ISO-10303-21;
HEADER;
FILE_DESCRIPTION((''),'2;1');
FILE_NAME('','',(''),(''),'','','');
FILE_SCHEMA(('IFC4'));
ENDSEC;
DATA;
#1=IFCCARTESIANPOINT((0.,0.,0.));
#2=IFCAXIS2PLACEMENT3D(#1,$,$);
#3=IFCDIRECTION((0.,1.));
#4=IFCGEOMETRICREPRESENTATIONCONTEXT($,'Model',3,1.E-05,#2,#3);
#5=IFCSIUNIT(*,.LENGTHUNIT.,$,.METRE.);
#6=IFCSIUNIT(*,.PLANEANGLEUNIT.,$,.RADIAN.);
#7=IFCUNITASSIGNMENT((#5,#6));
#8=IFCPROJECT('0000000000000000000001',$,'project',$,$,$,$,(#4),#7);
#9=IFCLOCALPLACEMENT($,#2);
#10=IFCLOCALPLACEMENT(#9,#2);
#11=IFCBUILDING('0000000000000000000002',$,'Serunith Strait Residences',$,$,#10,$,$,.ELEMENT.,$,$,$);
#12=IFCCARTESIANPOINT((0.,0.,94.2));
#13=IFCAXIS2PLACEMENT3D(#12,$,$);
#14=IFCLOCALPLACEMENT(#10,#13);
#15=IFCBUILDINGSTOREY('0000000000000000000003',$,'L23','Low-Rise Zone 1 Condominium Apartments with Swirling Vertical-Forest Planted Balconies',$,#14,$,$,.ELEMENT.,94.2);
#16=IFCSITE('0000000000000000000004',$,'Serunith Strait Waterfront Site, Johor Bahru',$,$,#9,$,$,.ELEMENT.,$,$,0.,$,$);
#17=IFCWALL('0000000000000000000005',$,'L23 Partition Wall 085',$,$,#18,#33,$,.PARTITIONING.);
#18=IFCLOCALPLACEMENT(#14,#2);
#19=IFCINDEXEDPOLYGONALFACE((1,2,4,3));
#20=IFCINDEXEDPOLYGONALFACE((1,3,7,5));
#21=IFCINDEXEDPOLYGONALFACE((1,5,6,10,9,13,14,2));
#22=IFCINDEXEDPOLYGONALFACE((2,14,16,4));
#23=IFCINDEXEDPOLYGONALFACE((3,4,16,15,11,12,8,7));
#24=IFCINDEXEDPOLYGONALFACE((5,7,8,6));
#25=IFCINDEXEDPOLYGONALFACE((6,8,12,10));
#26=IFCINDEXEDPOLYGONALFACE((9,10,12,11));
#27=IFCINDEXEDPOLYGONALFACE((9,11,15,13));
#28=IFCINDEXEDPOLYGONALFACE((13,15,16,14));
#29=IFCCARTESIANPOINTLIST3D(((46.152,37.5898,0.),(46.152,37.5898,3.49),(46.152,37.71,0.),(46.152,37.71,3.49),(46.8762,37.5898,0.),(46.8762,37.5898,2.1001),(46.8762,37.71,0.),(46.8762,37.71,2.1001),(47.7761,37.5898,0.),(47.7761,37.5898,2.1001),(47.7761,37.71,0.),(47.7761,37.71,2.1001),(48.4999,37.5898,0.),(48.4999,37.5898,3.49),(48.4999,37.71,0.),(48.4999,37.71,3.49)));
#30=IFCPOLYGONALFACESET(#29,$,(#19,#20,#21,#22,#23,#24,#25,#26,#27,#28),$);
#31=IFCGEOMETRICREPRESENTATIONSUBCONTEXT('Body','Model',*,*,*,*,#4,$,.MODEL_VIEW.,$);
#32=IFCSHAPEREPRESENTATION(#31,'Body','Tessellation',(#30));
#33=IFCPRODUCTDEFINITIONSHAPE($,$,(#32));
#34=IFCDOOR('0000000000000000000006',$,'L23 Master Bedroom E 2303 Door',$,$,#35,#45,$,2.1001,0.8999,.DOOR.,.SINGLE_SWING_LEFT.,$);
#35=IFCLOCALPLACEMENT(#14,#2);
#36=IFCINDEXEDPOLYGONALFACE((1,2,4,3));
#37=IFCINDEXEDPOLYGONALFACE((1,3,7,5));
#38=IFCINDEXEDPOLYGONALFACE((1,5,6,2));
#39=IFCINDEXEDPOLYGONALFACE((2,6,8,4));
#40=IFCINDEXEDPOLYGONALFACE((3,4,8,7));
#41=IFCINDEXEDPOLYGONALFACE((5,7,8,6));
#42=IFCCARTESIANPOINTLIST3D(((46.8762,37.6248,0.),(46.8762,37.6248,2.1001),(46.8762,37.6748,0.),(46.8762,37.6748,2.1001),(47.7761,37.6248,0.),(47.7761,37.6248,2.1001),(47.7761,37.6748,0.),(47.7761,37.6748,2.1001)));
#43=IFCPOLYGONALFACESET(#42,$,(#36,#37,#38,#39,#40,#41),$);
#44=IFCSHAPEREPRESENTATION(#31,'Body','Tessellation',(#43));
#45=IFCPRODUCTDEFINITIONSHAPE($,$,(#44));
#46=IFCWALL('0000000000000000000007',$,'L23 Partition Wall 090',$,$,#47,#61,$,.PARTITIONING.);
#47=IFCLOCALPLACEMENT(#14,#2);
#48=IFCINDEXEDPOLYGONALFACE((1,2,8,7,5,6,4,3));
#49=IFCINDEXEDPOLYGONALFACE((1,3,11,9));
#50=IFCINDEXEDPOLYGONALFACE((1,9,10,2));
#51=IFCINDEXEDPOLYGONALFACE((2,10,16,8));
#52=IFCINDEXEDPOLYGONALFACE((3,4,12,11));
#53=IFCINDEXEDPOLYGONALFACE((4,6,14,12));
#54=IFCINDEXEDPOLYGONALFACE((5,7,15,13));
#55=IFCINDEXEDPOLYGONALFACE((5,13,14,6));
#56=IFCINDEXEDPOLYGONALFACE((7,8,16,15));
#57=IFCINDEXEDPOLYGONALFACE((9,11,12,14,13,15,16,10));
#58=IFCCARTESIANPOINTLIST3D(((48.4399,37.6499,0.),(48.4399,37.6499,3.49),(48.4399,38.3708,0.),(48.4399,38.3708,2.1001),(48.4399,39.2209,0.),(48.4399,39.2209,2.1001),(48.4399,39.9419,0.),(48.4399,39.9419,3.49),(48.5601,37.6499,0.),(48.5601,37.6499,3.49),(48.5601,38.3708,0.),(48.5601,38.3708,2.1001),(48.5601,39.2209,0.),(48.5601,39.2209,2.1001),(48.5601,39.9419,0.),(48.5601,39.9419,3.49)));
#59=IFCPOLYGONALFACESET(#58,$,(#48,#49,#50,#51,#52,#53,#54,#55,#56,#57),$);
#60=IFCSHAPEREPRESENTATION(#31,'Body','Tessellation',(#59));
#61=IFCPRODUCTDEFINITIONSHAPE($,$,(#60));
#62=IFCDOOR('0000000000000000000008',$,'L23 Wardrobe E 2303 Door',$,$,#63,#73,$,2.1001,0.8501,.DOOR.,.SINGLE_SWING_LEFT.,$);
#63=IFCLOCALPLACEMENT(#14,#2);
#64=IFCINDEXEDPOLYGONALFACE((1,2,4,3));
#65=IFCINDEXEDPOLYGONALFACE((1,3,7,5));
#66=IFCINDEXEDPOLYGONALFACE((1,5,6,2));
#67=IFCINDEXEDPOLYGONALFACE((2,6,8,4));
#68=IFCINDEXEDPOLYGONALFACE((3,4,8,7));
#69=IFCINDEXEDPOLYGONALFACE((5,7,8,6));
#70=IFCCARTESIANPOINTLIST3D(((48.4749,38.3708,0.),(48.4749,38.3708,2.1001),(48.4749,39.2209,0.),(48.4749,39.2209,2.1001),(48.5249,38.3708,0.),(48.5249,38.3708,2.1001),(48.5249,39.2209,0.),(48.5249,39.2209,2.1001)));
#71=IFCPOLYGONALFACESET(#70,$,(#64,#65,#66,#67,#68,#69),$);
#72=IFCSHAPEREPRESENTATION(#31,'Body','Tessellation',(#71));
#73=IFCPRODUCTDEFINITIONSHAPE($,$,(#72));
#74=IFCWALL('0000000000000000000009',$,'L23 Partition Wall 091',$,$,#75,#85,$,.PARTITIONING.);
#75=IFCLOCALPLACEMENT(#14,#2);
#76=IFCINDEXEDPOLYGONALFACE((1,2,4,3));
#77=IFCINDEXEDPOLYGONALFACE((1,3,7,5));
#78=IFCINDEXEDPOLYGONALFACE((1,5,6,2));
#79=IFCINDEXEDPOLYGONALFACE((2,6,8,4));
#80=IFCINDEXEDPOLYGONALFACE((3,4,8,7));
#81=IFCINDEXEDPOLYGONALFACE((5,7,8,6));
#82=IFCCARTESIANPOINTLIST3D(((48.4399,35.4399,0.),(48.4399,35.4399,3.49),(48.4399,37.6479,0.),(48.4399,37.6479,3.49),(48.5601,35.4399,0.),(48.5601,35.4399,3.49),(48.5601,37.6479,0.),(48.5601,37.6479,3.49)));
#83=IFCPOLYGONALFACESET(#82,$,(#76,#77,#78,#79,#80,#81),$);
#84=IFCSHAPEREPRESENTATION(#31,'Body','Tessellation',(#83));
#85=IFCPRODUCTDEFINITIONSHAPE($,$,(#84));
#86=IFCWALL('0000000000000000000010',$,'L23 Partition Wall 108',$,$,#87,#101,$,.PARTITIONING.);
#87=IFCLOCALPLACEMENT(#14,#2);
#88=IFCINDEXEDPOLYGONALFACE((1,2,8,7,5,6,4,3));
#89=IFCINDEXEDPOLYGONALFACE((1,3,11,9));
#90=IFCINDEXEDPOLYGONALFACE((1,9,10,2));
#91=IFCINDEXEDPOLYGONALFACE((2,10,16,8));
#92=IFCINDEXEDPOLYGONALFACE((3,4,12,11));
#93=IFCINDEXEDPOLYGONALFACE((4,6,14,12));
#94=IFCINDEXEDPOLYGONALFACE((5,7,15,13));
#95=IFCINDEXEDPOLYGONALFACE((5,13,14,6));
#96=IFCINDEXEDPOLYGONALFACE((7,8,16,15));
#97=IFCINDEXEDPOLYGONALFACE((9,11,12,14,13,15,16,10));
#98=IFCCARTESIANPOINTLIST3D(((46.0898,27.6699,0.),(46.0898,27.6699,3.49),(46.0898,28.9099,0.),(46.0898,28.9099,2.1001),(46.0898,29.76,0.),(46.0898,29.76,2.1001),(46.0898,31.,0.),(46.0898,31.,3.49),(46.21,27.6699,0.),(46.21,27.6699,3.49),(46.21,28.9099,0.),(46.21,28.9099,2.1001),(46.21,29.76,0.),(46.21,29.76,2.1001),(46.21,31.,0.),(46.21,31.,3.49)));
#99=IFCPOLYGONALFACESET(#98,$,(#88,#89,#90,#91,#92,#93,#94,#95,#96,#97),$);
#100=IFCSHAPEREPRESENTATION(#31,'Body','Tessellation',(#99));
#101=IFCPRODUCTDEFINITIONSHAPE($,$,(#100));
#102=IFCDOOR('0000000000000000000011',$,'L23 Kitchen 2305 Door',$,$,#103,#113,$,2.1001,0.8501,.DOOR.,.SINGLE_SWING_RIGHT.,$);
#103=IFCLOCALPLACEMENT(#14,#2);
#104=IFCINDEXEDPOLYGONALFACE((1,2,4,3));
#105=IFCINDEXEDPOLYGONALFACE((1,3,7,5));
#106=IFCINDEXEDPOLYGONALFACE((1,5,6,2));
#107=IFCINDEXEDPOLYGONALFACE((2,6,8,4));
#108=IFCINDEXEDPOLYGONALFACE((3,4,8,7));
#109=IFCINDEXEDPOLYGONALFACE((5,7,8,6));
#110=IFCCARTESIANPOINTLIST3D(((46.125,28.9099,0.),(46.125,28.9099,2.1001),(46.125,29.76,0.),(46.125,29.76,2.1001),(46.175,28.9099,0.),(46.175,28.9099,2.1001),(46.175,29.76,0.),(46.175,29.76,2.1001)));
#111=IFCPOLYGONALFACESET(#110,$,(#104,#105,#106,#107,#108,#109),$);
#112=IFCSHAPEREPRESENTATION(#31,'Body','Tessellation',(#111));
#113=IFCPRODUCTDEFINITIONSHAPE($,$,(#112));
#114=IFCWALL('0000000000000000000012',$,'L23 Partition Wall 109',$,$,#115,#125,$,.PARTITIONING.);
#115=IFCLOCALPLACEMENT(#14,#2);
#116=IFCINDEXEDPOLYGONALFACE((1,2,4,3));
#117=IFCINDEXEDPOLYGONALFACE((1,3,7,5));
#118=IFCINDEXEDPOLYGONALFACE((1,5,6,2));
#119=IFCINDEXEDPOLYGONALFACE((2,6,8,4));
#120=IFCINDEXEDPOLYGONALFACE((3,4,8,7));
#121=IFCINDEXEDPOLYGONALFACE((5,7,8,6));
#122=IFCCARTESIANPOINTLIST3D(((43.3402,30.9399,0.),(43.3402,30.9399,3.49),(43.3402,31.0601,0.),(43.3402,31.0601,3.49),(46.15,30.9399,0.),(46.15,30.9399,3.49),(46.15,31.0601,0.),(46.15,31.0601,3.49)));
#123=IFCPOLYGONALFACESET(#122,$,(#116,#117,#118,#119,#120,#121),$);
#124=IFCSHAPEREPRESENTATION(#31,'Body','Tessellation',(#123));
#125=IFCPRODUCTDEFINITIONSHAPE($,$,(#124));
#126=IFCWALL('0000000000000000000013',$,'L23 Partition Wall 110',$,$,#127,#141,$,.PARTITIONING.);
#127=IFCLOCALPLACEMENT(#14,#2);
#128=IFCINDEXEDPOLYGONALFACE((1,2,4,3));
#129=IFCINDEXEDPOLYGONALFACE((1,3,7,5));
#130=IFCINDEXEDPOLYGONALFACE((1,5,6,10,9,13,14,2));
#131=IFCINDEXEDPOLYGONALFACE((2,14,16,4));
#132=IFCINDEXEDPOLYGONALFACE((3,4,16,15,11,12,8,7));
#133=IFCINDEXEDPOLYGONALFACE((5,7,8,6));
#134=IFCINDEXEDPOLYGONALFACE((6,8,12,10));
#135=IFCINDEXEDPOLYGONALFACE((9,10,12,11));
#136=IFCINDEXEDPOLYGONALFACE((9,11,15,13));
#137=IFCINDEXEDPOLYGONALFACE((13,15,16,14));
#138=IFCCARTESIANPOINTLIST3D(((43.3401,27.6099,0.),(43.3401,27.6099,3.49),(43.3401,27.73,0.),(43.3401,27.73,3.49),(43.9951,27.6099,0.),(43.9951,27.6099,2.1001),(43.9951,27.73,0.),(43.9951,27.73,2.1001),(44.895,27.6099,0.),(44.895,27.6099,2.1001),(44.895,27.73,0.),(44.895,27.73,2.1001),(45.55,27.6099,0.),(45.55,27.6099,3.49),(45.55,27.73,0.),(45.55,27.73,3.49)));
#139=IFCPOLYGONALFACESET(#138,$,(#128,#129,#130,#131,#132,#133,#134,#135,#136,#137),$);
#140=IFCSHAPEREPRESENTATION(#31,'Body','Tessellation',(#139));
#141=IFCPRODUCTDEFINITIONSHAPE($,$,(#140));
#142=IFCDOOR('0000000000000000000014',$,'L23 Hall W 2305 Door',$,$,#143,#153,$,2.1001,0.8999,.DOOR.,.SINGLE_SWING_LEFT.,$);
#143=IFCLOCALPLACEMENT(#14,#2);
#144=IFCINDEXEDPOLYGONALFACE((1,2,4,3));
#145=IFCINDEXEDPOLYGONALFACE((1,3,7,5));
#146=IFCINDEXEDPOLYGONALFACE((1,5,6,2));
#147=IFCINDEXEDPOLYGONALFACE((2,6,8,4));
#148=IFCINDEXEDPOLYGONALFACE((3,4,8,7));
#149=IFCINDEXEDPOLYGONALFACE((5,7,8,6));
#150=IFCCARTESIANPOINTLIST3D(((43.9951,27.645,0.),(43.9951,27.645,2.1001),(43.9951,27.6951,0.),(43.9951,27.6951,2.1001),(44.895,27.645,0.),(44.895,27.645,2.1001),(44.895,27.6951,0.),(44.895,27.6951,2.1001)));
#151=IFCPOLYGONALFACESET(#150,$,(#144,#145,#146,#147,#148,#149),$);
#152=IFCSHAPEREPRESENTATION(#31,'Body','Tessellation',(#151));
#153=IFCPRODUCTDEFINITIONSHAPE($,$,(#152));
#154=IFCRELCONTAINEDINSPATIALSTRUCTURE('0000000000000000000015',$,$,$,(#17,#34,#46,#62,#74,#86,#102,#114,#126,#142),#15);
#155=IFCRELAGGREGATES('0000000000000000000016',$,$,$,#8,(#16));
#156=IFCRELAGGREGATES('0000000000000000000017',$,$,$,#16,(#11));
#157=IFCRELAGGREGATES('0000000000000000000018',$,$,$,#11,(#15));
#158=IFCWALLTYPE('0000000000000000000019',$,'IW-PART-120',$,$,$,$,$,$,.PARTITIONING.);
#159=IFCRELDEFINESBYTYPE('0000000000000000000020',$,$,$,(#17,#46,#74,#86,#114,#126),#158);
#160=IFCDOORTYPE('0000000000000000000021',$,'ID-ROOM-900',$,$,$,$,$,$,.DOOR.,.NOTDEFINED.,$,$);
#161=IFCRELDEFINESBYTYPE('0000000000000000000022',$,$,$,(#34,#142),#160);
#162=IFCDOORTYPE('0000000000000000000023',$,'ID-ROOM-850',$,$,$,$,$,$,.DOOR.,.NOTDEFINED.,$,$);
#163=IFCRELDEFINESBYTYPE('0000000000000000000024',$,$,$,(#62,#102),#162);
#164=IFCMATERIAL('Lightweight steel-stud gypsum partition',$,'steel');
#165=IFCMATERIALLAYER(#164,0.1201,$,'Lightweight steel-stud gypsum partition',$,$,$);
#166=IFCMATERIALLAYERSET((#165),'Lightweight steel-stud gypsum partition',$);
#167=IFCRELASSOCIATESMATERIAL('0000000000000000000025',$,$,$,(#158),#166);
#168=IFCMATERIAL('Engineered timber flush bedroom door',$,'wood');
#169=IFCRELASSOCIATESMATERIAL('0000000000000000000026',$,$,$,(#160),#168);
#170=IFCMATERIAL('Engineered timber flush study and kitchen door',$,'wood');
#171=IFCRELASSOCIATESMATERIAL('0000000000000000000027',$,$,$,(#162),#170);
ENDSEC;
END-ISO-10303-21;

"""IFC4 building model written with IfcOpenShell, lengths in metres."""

from ifc_helpers import new_model, si_unit, direction, frame, frame_2d, origin, place, context, subcontext, project, spatial, rectangle, extrude, source, transform, mapped, material, layer, layer_set, type_object, element, fill, save


model = new_model("IFC4")

# Units and contexts
model_context = context("Model", 3, precision=1e-05, world=origin(), true_north=direction((0.0, 1.0)))
body_context = subcontext(model_context, "Body", "Model", "MODEL_VIEW")
ifc_project = project(units=[si_unit("LENGTHUNIT", "METRE"), si_unit("PLANEANGLEUNIT", "RADIAN")], contexts=[model_context])

# Site, building, storey
site_placement = place(None, origin())
site = spatial("IfcSite", under=ifc_project, at=site_placement, Name="Serunith Strait Waterfront Site, Johor Bahru", CompositionType="ELEMENT", RefElevation=0.0)
building_placement = place(site_placement, origin())
building = spatial("IfcBuilding", under=site, at=building_placement, Name="Serunith Strait Residences", CompositionType="ELEMENT")
storey_placement = place(building_placement, frame((0.0, 0.0, 94.2)))
storey = spatial("IfcBuildingStorey", under=building, at=storey_placement, Name="L23", Description="Low-Rise Zone 1 Condominium Apartments with Swirling Vertical-Forest Planted Balconies", CompositionType="ELEMENT", Elevation=94.2)

# Walls, openings, doors
ifc_material_1 = material(Name="Lightweight steel-stud gypsum partition", Category="steel")
ifc_layer_1 = layer(ifc_material_1, 0.1201, Name="Lightweight steel-stud gypsum partition")
ifc_layer_set_1 = layer_set([ifc_layer_1], Name="Lightweight steel-stud gypsum partition")
wall_type = type_object("IfcWallType", Name="IW-PART-120", PredefinedType="PARTITIONING", material=ifc_layer_set_1)
wall_1_placement = place(storey_placement, frame((46.1521, 37.6499, 0.0), z_axis=(0.0, 0.0, 1.0), x_axis=(1.0, 0.0, 0.0)))
wall_1 = element("IfcWall", 1, at=wall_1_placement, inside=storey, type_object=wall_type, Name="L23 Partition Wall 085", PredefinedType="PARTITIONING", context=body_context, shape_type="SweptSolid", body=[
    extrude(rectangle(XDim=2.3479, YDim=0.1201, at=frame_2d((1.1738, 0.0))), origin(), (0.0, 0.0, 1.0), 3.49),
])
opening_1_placement = place(wall_1_placement, frame((0.7241, 0.0, 0.0)))
opening_1 = element("IfcOpeningElement", 2, at=opening_1_placement, cuts=wall_1, PredefinedType="OPENING", context=body_context, shape_type="SweptSolid", body=[
    extrude(rectangle(XDim=0.8999, YDim=2.1001, at=frame_2d((0.45, 1.05))), frame((0.0, 0.0701, 0.0), z_axis=(0.0, -1.0, 0.0), x_axis=(1.0, 0.0, 0.0)), (0.0, 0.0, 1.0), 0.1401),
])
ifc_material_2 = material(Name="Engineered timber flush bedroom door", Category="wood")
door_type_1 = type_object("IfcDoorType", Name="ID-ROOM-900", OperationType="NOTDEFINED", PredefinedType="DOOR", material=ifc_material_2)
shared_shape_1 = source(origin(), body_context, "Body", "SweptSolid", [
    extrude(rectangle(XDim=0.8999, YDim=2.1001, at=frame_2d((0.45, 1.05))), frame((0.0, 0.0249, 0.0), z_axis=(0.0, -1.0, 0.0), x_axis=(1.0, 0.0, 0.0)), (0.0, 0.0, 1.0), 0.05),
])
door_1_placement = place(opening_1_placement, origin())
door_1 = element("IfcDoor", 3, at=door_1_placement, inside=storey, type_object=door_type_1, Name="L23 Master Bedroom E 2303 Door", OperationType="SINGLE_SWING_LEFT", OverallHeight=2.1001, OverallWidth=0.8999, PredefinedType="DOOR", context=body_context, shape_type="MappedRepresentation", body=[
    mapped(shared_shape_1, transform((0.0, 0.0, 0.0), scale=1.0)),
])
fill(opening_1, door_1)
wall_2_placement = place(storey_placement, frame((48.5, 39.9419, 0.0), z_axis=(0.0, 0.0, 1.0), x_axis=(0.0, -1.0, 0.0)))
wall_2 = element("IfcWall", 4, at=wall_2_placement, inside=storey, type_object=wall_type, Name="L23 Partition Wall 090", PredefinedType="PARTITIONING", context=body_context, shape_type="SweptSolid", body=[
    extrude(rectangle(XDim=2.292, YDim=0.1201, at=frame_2d((1.146, 0.0))), origin(), (0.0, 0.0, 1.0), 3.49),
])
opening_2_placement = place(wall_2_placement, frame((0.7209, 0.0, 0.0)))
opening_2 = element("IfcOpeningElement", 5, at=opening_2_placement, cuts=wall_2, PredefinedType="OPENING", context=body_context, shape_type="SweptSolid", body=[
    extrude(rectangle(XDim=0.8501, YDim=2.1001, at=frame_2d((0.425, 1.05))), frame((0.0, 0.0701, 0.0), z_axis=(0.0, -1.0, 0.0), x_axis=(1.0, 0.0, 0.0)), (0.0, 0.0, 1.0), 0.1401),
])
ifc_material_3 = material(Name="Engineered timber flush study and kitchen door", Category="wood")
door_type_2 = type_object("IfcDoorType", Name="ID-ROOM-850", OperationType="NOTDEFINED", PredefinedType="DOOR", material=ifc_material_3)
shared_shape_2 = source(origin(), body_context, "Body", "SweptSolid", [
    extrude(rectangle(XDim=0.8501, YDim=2.1001, at=frame_2d((0.425, 1.05))), frame((0.0, 0.0249, 0.0), z_axis=(0.0, -1.0, 0.0), x_axis=(1.0, 0.0, 0.0)), (0.0, 0.0, 1.0), 0.05),
])
door_2_placement = place(opening_2_placement, origin())
door_2 = element("IfcDoor", 6, at=door_2_placement, inside=storey, type_object=door_type_2, Name="L23 Wardrobe E 2303 Door", OperationType="SINGLE_SWING_LEFT", OverallHeight=2.1001, OverallWidth=0.8501, PredefinedType="DOOR", context=body_context, shape_type="MappedRepresentation", body=[
    mapped(shared_shape_2, transform((0.0, 0.0, 0.0), scale=1.0)),
])
fill(opening_2, door_2)

# Wall
wall_3_placement = place(storey_placement, frame((48.5, 37.6479, 0.0), z_axis=(0.0, 0.0, 1.0), x_axis=(0.0, -1.0, 0.0)))
element("IfcWall", 7, at=wall_3_placement, inside=storey, type_object=wall_type, Name="L23 Partition Wall 091", PredefinedType="PARTITIONING", context=body_context, shape_type="SweptSolid", body=[
    extrude(rectangle(XDim=2.208, YDim=0.1201, at=frame_2d((1.104, 0.0))), origin(), (0.0, 0.0, 1.0), 3.49),
])

# Wall, opening, door
wall_4_placement = place(storey_placement, frame((46.1499, 27.6699, 0.0), z_axis=(0.0, 0.0, 1.0), x_axis=(0.0, 1.0, 0.0)))
wall_4 = element("IfcWall", 8, at=wall_4_placement, inside=storey, type_object=wall_type, Name="L23 Partition Wall 108", PredefinedType="PARTITIONING", context=body_context, shape_type="SweptSolid", body=[
    extrude(rectangle(XDim=3.3301, YDim=0.1201, at=frame_2d((1.665, 0.0))), origin(), (0.0, 0.0, 1.0), 3.49),
])
opening_3_placement = place(wall_4_placement, frame((1.24, 0.0, 0.0)))
opening_3 = element("IfcOpeningElement", 9, at=opening_3_placement, cuts=wall_4, PredefinedType="OPENING", context=body_context, shape_type="SweptSolid", body=[
    extrude(rectangle(XDim=0.8501, YDim=2.1001, at=frame_2d((0.425, 1.05))), frame((0.0, 0.0701, 0.0), z_axis=(0.0, -1.0, 0.0), x_axis=(1.0, 0.0, 0.0)), (0.0, 0.0, 1.0), 0.1401),
])
door_3_placement = place(opening_3_placement, origin())
door_3 = element("IfcDoor", 10, at=door_3_placement, inside=storey, type_object=door_type_2, Name="L23 Kitchen 2305 Door", OperationType="SINGLE_SWING_RIGHT", OverallHeight=2.1001, OverallWidth=0.8501, PredefinedType="DOOR", context=body_context, shape_type="MappedRepresentation", body=[
    mapped(shared_shape_2, transform((0.0, 0.0, 0.0), scale=1.0)),
])
fill(opening_3, door_3)

# Wall
wall_5_placement = place(storey_placement, frame((46.1499, 31.0, 0.0), z_axis=(0.0, 0.0, 1.0), x_axis=(-1.0, 0.0, 0.0)))
element("IfcWall", 11, at=wall_5_placement, inside=storey, type_object=wall_type, Name="L23 Partition Wall 109", PredefinedType="PARTITIONING", context=body_context, shape_type="SweptSolid", body=[
    extrude(rectangle(XDim=2.8098, YDim=0.1201, at=frame_2d((1.4048, 0.0))), origin(), (0.0, 0.0, 1.0), 3.49),
])

# Wall, opening, door
wall_6_placement = place(storey_placement, frame((45.55, 27.6699, 0.0), z_axis=(0.0, 0.0, 1.0), x_axis=(-1.0, 0.0, 0.0)))
wall_6 = element("IfcWall", 12, at=wall_6_placement, inside=storey, type_object=wall_type, Name="L23 Partition Wall 110", PredefinedType="PARTITIONING", context=body_context, shape_type="SweptSolid", body=[
    extrude(rectangle(XDim=2.21, YDim=0.1201, at=frame_2d((1.105, 0.0))), origin(), (0.0, 0.0, 1.0), 3.49),
])
opening_4_placement = place(wall_6_placement, frame((0.655, 0.0, 0.0)))
opening_4 = element("IfcOpeningElement", 13, at=opening_4_placement, cuts=wall_6, PredefinedType="OPENING", context=body_context, shape_type="SweptSolid", body=[
    extrude(rectangle(XDim=0.8999, YDim=2.1001, at=frame_2d((0.45, 1.05))), frame((0.0, 0.0701, 0.0), z_axis=(0.0, -1.0, 0.0), x_axis=(1.0, 0.0, 0.0)), (0.0, 0.0, 1.0), 0.1401),
])
door_4_placement = place(opening_4_placement, origin())
door_4 = element("IfcDoor", 14, at=door_4_placement, inside=storey, type_object=door_type_1, Name="L23 Hall W 2305 Door", OperationType="SINGLE_SWING_LEFT", OverallHeight=2.1001, OverallWidth=0.8999, PredefinedType="DOOR", context=body_context, shape_type="MappedRepresentation", body=[
    mapped(shared_shape_1, transform((0.0, 0.0, 0.0), scale=1.0)),
])
fill(opening_4, door_4)

save(model, "model.ifc")
